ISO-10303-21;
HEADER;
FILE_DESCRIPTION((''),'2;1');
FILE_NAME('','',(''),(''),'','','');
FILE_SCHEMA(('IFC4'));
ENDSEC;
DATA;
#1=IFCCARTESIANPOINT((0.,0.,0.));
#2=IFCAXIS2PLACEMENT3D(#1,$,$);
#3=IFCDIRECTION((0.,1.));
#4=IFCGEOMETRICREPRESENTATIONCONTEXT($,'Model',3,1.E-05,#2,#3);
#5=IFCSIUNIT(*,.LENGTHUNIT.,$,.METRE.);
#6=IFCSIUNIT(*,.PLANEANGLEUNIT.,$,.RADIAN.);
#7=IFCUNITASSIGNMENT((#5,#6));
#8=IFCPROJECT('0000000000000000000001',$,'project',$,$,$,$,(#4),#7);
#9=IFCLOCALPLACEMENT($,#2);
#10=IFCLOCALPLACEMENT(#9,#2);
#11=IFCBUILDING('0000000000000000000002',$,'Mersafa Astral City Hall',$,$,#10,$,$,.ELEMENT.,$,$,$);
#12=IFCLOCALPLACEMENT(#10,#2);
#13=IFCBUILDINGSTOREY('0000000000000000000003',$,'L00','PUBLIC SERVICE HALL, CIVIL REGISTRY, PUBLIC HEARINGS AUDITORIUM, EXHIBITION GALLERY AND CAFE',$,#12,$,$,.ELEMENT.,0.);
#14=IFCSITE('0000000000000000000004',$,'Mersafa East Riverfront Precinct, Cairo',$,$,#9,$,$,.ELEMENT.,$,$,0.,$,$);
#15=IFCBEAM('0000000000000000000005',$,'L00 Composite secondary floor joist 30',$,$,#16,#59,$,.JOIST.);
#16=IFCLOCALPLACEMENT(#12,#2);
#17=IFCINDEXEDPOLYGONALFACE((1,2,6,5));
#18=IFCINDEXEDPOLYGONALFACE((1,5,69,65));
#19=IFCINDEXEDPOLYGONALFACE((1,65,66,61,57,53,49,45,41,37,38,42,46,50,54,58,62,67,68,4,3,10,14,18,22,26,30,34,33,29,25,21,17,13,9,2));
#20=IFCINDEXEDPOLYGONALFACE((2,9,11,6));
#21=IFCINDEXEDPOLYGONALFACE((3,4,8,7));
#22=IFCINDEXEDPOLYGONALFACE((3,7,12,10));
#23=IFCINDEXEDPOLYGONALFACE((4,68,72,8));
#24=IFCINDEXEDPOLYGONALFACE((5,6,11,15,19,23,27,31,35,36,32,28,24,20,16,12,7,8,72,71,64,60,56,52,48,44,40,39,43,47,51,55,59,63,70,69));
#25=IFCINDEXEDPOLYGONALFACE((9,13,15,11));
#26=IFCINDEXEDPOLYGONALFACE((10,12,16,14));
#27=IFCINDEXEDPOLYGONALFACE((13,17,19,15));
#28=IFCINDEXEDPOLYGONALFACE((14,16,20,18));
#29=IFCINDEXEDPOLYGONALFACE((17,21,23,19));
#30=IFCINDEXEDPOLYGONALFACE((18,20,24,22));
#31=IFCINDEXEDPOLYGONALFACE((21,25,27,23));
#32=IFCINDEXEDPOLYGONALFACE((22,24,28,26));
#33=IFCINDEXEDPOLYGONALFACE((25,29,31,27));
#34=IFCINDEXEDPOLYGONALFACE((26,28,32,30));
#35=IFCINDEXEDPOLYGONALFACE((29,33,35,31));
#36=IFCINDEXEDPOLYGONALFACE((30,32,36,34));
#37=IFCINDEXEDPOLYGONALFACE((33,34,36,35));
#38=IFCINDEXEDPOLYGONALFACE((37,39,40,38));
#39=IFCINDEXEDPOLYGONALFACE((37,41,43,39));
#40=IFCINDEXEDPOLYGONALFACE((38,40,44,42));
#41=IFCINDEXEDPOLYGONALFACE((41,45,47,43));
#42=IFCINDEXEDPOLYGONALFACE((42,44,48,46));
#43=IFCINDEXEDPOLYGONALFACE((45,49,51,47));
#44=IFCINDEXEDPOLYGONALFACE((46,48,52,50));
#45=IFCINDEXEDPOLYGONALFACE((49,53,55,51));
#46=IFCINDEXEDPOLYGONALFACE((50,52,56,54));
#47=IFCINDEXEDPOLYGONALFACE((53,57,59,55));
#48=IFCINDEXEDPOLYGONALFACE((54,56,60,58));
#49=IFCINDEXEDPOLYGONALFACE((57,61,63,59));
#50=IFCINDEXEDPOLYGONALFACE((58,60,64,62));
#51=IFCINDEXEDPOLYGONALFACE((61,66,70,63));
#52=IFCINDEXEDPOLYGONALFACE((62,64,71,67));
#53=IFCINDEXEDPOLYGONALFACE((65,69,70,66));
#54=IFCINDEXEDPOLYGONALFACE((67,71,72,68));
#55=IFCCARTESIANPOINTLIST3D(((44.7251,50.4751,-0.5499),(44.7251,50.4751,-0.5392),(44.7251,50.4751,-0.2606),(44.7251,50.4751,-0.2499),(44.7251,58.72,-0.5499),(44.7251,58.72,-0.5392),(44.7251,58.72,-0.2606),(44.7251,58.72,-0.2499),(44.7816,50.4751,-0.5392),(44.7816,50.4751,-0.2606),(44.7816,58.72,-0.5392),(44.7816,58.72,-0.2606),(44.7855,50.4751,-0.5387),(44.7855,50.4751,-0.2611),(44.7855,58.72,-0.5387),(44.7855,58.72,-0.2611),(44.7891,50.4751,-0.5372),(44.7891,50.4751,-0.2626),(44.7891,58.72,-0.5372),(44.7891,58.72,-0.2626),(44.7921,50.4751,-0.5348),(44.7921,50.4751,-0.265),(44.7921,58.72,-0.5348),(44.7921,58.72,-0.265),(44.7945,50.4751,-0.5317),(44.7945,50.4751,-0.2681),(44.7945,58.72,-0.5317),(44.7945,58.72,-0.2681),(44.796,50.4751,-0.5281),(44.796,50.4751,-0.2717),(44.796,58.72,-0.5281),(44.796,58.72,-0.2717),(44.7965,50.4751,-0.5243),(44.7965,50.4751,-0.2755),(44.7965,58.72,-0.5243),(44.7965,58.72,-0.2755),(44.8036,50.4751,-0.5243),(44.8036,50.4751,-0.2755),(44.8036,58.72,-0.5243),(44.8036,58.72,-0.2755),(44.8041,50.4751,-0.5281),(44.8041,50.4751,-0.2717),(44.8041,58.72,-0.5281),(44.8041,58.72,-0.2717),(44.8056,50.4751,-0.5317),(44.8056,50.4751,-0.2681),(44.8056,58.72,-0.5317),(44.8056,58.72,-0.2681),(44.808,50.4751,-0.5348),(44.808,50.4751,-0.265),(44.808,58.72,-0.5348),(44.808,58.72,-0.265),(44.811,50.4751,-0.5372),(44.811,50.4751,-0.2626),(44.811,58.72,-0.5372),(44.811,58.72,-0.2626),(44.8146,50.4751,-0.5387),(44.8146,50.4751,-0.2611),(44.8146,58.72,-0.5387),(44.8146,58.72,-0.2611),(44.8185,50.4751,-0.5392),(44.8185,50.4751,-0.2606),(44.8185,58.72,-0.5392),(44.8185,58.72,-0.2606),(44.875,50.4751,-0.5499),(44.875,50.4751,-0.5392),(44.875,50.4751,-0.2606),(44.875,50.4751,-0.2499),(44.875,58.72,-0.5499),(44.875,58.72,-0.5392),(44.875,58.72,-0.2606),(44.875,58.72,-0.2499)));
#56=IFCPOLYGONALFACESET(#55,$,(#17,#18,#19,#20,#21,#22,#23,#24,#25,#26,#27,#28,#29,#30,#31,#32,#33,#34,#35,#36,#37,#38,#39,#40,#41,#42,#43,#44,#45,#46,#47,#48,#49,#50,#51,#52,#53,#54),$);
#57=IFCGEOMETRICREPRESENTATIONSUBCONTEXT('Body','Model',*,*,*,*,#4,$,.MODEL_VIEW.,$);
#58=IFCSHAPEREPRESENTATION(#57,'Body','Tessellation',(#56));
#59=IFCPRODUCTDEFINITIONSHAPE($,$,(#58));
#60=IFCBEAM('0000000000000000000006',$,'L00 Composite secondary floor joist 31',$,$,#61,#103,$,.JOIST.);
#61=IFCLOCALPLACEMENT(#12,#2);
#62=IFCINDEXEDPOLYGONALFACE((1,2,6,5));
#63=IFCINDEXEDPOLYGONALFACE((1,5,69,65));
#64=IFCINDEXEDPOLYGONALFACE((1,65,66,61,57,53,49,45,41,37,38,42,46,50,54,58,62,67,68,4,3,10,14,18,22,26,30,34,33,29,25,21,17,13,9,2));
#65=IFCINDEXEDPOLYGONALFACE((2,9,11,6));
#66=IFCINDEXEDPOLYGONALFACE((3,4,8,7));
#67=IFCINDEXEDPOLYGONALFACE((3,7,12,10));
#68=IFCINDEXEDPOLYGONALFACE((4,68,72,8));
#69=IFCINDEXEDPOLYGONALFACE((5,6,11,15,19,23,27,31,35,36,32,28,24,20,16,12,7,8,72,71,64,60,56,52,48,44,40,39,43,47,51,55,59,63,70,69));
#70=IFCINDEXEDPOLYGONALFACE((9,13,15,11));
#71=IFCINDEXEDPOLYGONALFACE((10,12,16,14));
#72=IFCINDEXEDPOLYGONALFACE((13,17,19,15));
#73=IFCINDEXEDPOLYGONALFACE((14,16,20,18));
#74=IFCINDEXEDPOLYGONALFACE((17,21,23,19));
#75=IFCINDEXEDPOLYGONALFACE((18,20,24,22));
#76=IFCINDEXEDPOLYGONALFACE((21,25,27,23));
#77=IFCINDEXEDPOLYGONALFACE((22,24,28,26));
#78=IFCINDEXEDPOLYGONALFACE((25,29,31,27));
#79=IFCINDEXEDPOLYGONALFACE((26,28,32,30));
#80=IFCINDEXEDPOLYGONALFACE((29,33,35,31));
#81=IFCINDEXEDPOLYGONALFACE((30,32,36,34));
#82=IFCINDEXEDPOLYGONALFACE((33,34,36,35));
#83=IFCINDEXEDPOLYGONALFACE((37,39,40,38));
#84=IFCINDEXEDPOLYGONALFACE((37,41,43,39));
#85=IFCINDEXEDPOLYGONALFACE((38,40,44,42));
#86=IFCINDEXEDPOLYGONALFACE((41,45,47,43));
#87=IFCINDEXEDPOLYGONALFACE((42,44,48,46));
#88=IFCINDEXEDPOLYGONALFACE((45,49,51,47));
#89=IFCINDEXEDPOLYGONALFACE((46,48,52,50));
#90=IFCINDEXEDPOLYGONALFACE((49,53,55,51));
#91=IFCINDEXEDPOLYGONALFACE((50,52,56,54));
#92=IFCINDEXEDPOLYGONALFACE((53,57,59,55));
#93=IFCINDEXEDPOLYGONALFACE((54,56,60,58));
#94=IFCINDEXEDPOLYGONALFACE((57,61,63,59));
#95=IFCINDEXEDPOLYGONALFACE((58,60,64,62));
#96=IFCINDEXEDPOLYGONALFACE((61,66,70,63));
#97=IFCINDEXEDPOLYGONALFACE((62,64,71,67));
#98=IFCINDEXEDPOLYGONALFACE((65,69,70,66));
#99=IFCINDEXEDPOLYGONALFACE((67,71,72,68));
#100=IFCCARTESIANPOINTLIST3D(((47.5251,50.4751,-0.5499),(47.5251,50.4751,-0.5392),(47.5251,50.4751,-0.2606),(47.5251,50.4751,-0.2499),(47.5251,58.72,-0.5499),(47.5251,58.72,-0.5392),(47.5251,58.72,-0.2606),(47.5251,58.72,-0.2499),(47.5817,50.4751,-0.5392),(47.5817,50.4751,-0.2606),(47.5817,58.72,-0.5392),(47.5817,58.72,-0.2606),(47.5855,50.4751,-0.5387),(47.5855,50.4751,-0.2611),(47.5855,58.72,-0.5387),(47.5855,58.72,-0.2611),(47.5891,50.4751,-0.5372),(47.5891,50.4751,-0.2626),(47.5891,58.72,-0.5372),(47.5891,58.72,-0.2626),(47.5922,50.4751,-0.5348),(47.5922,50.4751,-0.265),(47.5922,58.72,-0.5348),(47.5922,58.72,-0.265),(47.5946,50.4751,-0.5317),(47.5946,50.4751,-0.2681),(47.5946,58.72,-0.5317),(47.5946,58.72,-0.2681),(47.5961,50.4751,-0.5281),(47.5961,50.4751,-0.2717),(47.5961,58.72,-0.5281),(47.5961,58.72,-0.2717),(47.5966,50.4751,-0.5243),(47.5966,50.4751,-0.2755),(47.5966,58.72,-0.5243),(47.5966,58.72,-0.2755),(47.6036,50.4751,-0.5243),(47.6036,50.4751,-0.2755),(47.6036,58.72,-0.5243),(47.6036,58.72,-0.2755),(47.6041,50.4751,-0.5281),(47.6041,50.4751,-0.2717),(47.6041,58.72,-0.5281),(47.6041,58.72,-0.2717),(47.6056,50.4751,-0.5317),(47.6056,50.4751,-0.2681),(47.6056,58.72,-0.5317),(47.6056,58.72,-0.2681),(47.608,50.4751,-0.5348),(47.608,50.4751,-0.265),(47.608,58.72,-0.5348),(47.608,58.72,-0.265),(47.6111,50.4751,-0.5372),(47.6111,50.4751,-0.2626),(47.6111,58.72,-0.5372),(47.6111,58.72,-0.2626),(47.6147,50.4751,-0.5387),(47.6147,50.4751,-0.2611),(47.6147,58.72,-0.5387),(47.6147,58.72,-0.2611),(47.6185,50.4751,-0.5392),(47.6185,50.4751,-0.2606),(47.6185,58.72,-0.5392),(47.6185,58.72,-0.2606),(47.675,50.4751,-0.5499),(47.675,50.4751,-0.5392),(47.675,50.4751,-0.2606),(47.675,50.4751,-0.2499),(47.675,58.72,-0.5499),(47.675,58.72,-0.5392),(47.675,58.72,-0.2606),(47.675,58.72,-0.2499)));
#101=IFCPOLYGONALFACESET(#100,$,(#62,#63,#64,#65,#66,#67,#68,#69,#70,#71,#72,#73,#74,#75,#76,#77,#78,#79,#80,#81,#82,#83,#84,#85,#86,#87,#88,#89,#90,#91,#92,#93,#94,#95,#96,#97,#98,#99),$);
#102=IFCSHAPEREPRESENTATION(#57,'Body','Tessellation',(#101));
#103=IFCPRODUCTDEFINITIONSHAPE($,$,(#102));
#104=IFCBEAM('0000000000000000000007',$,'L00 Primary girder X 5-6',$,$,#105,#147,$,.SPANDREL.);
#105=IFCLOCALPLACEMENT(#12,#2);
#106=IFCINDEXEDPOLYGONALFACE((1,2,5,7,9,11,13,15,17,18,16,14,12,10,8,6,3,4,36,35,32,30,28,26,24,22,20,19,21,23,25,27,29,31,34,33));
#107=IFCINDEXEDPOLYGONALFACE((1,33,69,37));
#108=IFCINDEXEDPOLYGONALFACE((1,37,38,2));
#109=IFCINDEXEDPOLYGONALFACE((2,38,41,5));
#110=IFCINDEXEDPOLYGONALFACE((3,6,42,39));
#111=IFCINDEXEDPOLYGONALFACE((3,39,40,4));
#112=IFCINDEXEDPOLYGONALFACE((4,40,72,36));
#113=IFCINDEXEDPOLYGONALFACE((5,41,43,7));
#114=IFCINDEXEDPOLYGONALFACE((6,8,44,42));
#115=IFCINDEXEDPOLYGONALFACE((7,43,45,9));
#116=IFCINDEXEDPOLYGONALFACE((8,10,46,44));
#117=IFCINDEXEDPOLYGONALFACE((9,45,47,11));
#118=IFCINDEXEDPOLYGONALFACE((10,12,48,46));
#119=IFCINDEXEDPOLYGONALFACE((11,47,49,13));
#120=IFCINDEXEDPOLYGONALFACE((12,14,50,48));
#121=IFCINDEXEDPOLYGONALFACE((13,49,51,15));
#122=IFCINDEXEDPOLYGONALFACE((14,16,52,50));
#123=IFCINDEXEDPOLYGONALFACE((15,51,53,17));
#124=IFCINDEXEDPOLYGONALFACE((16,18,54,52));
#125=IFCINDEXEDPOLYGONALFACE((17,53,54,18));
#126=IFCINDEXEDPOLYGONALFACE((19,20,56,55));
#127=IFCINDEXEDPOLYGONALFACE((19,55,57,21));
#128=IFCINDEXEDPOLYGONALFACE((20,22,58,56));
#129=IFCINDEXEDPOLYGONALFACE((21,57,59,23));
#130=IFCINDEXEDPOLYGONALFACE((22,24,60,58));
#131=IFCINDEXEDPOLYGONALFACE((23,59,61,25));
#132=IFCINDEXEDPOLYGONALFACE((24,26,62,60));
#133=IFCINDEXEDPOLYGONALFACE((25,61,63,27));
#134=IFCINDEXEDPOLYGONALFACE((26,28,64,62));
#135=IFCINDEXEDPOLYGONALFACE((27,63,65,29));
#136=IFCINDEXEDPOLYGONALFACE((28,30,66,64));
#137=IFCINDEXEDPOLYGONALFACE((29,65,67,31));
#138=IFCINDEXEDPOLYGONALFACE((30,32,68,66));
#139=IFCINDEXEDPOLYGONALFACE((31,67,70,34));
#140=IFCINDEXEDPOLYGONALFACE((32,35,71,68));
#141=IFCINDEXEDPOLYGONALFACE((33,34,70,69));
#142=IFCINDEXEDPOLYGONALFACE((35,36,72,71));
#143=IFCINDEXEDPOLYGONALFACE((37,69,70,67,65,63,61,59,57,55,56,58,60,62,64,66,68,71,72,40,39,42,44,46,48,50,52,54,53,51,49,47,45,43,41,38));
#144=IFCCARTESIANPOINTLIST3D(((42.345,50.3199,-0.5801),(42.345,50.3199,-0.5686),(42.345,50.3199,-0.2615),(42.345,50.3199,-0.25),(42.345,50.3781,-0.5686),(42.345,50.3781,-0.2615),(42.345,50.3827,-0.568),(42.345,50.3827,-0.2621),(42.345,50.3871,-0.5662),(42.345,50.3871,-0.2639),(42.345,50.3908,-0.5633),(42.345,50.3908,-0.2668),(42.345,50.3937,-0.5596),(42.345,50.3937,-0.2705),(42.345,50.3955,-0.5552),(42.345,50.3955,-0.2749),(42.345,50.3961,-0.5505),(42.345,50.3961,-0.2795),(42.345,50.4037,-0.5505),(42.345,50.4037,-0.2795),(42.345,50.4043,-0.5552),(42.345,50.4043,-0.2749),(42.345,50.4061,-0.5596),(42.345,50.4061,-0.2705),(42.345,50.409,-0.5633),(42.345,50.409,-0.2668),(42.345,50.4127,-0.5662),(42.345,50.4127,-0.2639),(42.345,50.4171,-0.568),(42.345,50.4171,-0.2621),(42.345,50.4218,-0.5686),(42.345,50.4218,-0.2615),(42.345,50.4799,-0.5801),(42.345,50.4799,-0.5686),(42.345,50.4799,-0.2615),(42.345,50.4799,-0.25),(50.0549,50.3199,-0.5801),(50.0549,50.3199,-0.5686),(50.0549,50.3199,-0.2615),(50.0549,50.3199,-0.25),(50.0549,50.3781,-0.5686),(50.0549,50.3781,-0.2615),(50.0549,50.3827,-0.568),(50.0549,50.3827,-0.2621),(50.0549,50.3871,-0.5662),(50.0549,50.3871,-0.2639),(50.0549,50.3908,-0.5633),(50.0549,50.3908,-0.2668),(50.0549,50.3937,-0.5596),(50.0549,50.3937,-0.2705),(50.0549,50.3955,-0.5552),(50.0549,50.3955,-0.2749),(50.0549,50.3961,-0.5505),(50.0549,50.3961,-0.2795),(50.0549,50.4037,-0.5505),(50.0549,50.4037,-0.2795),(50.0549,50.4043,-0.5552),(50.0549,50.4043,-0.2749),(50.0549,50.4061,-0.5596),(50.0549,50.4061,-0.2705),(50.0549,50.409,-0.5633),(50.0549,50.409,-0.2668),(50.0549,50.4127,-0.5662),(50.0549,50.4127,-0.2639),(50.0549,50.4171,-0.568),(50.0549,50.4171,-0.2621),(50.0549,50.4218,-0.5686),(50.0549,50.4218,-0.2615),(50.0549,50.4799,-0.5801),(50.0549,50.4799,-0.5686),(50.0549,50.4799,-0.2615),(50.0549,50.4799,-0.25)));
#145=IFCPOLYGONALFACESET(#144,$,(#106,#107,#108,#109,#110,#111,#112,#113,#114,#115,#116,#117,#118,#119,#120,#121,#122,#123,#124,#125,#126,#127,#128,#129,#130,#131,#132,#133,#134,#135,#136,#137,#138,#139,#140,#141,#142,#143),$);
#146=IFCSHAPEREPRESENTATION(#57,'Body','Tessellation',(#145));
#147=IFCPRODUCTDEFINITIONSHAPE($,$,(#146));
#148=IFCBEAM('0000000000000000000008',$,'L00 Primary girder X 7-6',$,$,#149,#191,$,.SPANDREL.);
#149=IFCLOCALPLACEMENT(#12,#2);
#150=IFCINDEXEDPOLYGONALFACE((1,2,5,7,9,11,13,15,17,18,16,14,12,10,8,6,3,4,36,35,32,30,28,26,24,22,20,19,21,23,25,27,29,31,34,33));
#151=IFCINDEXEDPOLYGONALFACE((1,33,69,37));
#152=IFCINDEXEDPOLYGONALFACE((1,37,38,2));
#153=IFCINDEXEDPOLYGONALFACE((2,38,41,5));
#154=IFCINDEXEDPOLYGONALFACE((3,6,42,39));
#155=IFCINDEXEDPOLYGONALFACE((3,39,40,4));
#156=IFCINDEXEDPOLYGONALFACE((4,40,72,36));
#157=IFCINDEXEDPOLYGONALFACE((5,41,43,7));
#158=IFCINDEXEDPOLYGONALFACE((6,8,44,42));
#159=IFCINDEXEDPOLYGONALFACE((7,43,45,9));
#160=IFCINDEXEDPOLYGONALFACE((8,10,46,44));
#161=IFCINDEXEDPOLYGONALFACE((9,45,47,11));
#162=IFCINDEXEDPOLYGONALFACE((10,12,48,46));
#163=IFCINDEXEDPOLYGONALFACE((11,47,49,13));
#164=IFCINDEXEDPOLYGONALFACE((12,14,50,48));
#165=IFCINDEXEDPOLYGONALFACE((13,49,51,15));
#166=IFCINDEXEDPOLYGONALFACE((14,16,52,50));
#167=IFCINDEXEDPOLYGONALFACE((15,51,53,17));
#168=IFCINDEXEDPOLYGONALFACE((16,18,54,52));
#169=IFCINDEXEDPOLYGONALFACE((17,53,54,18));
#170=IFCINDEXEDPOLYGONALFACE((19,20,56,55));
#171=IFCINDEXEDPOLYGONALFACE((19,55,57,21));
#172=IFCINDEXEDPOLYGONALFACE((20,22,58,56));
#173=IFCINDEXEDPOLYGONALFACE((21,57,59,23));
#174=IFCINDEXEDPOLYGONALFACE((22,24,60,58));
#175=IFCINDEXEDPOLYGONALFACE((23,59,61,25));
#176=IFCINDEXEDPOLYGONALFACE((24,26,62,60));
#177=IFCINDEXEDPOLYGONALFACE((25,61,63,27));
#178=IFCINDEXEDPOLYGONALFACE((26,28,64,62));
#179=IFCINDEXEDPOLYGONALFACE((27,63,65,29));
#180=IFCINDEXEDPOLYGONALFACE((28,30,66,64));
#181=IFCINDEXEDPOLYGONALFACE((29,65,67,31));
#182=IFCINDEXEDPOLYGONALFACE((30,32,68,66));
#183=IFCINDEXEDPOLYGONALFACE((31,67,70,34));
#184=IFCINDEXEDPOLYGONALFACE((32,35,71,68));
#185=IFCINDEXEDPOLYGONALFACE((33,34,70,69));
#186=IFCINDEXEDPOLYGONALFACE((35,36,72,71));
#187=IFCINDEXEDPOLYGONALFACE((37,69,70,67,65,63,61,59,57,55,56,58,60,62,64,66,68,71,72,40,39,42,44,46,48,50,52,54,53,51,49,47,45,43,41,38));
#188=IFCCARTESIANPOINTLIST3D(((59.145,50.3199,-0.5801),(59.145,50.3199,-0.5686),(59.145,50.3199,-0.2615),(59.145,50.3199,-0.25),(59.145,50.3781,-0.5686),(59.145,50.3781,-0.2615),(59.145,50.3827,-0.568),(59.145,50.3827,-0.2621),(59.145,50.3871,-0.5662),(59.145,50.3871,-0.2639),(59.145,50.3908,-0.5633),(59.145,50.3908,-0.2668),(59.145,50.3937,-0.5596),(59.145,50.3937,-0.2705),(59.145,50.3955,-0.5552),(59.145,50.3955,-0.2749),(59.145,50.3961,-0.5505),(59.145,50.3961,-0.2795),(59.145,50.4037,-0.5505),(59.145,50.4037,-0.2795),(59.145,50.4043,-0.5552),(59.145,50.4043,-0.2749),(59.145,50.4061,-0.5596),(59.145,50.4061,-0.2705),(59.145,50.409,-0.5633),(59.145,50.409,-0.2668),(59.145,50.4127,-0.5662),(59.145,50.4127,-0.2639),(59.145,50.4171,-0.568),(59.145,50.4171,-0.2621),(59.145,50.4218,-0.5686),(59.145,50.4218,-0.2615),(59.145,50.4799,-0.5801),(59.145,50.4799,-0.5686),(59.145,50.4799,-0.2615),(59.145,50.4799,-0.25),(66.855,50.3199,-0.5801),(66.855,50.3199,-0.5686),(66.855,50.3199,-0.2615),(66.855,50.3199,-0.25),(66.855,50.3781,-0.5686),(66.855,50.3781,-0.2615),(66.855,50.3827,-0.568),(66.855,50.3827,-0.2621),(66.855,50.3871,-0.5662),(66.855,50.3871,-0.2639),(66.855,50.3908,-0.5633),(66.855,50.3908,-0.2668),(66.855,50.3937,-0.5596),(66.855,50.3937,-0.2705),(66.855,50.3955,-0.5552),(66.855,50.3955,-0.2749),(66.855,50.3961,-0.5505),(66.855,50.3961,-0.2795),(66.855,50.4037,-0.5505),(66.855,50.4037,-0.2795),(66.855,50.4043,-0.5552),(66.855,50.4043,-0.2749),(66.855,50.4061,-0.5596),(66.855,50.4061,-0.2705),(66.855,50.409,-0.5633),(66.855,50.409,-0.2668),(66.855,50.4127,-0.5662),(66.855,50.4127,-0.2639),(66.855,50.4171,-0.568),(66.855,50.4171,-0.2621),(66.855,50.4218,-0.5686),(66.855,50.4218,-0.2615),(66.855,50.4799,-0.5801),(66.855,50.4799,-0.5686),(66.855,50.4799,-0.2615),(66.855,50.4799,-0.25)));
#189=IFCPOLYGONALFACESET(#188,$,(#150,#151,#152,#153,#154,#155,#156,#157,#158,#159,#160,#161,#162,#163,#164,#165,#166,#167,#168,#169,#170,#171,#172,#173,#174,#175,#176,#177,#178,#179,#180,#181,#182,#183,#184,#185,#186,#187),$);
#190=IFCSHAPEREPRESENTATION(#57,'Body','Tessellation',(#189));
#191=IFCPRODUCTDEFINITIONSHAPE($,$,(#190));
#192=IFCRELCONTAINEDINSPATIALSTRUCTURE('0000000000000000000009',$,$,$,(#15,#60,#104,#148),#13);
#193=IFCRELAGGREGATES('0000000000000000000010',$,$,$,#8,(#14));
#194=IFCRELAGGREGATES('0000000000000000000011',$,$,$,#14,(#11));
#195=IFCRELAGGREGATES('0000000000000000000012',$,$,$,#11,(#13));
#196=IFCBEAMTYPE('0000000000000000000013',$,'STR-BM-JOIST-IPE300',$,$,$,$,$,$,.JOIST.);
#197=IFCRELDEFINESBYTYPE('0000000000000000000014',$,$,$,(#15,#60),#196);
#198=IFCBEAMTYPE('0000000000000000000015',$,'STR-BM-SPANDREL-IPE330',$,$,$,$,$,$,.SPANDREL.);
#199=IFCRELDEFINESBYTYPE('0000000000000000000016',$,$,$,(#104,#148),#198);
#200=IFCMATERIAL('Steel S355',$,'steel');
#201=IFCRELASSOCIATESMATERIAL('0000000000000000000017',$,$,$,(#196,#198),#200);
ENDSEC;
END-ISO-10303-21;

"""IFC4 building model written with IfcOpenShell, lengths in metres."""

from ifc_helpers import new_model, si_unit, direction, frame, origin, origin_2d, place, context, subcontext, project, spatial, i_section, extrude, material, material_profile, profile_set, type_object, element, save


model = new_model("IFC4")

# Units and contexts
model_context = context("Model", 3, precision=1e-05, world=origin(), true_north=direction((0.0, 1.0)))
body_context = subcontext(model_context, "Body", "Model", "MODEL_VIEW")
ifc_project = project(units=[si_unit("LENGTHUNIT", "METRE"), si_unit("PLANEANGLEUNIT", "RADIAN")], contexts=[model_context])

# Site, building, storey
site_placement = place(None, origin())
site = spatial("IfcSite", under=ifc_project, at=site_placement, Name="Mersafa East Riverfront Precinct, Cairo", CompositionType="ELEMENT", RefElevation=0.0)
building_placement = place(site_placement, origin())
building = spatial("IfcBuilding", under=site, at=building_placement, Name="Mersafa Astral City Hall", CompositionType="ELEMENT")
storey_placement = place(building_placement, origin())
storey = spatial("IfcBuildingStorey", under=building, at=storey_placement, Name="L00", Description="PUBLIC SERVICE HALL, CIVIL REGISTRY, PUBLIC HEARINGS AUDITORIUM, EXHIBITION GALLERY AND CAFE", CompositionType="ELEMENT", Elevation=0.0)

# Shared definitions
ifc_material_1 = material(Name="Steel S355", Category="steel")

# Beams
ifc_material_profile_1 = material_profile(ifc_material_1, i_section(OverallWidth=0.1499, OverallDepth=0.3, WebThickness=0.0071, FlangeThickness=0.0107, FilletRadius=0.0149, at=origin_2d()), Name="IPE 300")
ifc_profile_set_1 = profile_set([ifc_material_profile_1], Name="Steel S355")
beam_type_1 = type_object("IfcBeamType", Name="STR-BM-JOIST-IPE300", PredefinedType="JOIST", material=ifc_profile_set_1)
for number, where, z_axis, x_axis, name in (
    (1, (44.8, 50.4751, -0.3999), (0.0, 1.0, 0.0), (-1.0, 0.0, 0.0), "L00 Composite secondary floor joist 30"),
    (2, (47.6001, 50.4751, -0.3999), (0.0, 1.0, 0.0), (-1.0, 0.0, 0.0), "L00 Composite secondary floor joist 31"),
):
    element("IfcBeam", number, at=place(storey_placement, frame(where, z_axis=z_axis, x_axis=x_axis)), inside=storey, type_object=beam_type_1, Name=name, PredefinedType="JOIST", context=body_context, shape_type="SweptSolid", body=[
        extrude(i_section(OverallWidth=0.1499, OverallDepth=0.3, WebThickness=0.0071, FlangeThickness=0.0107, FilletRadius=0.0149, at=origin_2d()), origin(), (0.0, 0.0, 1.0), 8.2449),
    ])
ifc_material_profile_2 = material_profile(ifc_material_1, i_section(OverallWidth=0.1599, OverallDepth=0.3301, WebThickness=0.0076, FlangeThickness=0.0115, FilletRadius=0.0181, at=origin_2d()), Name="IPE 330")
ifc_profile_set_2 = profile_set([ifc_material_profile_2], Name="Steel S355")
beam_type_2 = type_object("IfcBeamType", Name="STR-BM-SPANDREL-IPE330", PredefinedType="SPANDREL", material=ifc_profile_set_2)
for number, where, z_axis, x_axis, name in (
    (3, (42.345, 50.3999, -0.415), (1.0, 0.0, 0.0), (0.0, 1.0, 0.0), "L00 Primary girder X 5-6"),
    (4, (59.145, 50.3999, -0.415), (1.0, 0.0, 0.0), (0.0, 1.0, 0.0), "L00 Primary girder X 7-6"),
):
    element("IfcBeam", number, at=place(storey_placement, frame(where, z_axis=z_axis, x_axis=x_axis)), inside=storey, type_object=beam_type_2, Name=name, PredefinedType="SPANDREL", context=body_context, shape_type="SweptSolid", body=[
        extrude(i_section(OverallWidth=0.1599, OverallDepth=0.3301, WebThickness=0.0076, FlangeThickness=0.0115, FilletRadius=0.0181, at=origin_2d()), origin(), (0.0, 0.0, 1.0), 7.71),
    ])

save(model, "model.ifc")
